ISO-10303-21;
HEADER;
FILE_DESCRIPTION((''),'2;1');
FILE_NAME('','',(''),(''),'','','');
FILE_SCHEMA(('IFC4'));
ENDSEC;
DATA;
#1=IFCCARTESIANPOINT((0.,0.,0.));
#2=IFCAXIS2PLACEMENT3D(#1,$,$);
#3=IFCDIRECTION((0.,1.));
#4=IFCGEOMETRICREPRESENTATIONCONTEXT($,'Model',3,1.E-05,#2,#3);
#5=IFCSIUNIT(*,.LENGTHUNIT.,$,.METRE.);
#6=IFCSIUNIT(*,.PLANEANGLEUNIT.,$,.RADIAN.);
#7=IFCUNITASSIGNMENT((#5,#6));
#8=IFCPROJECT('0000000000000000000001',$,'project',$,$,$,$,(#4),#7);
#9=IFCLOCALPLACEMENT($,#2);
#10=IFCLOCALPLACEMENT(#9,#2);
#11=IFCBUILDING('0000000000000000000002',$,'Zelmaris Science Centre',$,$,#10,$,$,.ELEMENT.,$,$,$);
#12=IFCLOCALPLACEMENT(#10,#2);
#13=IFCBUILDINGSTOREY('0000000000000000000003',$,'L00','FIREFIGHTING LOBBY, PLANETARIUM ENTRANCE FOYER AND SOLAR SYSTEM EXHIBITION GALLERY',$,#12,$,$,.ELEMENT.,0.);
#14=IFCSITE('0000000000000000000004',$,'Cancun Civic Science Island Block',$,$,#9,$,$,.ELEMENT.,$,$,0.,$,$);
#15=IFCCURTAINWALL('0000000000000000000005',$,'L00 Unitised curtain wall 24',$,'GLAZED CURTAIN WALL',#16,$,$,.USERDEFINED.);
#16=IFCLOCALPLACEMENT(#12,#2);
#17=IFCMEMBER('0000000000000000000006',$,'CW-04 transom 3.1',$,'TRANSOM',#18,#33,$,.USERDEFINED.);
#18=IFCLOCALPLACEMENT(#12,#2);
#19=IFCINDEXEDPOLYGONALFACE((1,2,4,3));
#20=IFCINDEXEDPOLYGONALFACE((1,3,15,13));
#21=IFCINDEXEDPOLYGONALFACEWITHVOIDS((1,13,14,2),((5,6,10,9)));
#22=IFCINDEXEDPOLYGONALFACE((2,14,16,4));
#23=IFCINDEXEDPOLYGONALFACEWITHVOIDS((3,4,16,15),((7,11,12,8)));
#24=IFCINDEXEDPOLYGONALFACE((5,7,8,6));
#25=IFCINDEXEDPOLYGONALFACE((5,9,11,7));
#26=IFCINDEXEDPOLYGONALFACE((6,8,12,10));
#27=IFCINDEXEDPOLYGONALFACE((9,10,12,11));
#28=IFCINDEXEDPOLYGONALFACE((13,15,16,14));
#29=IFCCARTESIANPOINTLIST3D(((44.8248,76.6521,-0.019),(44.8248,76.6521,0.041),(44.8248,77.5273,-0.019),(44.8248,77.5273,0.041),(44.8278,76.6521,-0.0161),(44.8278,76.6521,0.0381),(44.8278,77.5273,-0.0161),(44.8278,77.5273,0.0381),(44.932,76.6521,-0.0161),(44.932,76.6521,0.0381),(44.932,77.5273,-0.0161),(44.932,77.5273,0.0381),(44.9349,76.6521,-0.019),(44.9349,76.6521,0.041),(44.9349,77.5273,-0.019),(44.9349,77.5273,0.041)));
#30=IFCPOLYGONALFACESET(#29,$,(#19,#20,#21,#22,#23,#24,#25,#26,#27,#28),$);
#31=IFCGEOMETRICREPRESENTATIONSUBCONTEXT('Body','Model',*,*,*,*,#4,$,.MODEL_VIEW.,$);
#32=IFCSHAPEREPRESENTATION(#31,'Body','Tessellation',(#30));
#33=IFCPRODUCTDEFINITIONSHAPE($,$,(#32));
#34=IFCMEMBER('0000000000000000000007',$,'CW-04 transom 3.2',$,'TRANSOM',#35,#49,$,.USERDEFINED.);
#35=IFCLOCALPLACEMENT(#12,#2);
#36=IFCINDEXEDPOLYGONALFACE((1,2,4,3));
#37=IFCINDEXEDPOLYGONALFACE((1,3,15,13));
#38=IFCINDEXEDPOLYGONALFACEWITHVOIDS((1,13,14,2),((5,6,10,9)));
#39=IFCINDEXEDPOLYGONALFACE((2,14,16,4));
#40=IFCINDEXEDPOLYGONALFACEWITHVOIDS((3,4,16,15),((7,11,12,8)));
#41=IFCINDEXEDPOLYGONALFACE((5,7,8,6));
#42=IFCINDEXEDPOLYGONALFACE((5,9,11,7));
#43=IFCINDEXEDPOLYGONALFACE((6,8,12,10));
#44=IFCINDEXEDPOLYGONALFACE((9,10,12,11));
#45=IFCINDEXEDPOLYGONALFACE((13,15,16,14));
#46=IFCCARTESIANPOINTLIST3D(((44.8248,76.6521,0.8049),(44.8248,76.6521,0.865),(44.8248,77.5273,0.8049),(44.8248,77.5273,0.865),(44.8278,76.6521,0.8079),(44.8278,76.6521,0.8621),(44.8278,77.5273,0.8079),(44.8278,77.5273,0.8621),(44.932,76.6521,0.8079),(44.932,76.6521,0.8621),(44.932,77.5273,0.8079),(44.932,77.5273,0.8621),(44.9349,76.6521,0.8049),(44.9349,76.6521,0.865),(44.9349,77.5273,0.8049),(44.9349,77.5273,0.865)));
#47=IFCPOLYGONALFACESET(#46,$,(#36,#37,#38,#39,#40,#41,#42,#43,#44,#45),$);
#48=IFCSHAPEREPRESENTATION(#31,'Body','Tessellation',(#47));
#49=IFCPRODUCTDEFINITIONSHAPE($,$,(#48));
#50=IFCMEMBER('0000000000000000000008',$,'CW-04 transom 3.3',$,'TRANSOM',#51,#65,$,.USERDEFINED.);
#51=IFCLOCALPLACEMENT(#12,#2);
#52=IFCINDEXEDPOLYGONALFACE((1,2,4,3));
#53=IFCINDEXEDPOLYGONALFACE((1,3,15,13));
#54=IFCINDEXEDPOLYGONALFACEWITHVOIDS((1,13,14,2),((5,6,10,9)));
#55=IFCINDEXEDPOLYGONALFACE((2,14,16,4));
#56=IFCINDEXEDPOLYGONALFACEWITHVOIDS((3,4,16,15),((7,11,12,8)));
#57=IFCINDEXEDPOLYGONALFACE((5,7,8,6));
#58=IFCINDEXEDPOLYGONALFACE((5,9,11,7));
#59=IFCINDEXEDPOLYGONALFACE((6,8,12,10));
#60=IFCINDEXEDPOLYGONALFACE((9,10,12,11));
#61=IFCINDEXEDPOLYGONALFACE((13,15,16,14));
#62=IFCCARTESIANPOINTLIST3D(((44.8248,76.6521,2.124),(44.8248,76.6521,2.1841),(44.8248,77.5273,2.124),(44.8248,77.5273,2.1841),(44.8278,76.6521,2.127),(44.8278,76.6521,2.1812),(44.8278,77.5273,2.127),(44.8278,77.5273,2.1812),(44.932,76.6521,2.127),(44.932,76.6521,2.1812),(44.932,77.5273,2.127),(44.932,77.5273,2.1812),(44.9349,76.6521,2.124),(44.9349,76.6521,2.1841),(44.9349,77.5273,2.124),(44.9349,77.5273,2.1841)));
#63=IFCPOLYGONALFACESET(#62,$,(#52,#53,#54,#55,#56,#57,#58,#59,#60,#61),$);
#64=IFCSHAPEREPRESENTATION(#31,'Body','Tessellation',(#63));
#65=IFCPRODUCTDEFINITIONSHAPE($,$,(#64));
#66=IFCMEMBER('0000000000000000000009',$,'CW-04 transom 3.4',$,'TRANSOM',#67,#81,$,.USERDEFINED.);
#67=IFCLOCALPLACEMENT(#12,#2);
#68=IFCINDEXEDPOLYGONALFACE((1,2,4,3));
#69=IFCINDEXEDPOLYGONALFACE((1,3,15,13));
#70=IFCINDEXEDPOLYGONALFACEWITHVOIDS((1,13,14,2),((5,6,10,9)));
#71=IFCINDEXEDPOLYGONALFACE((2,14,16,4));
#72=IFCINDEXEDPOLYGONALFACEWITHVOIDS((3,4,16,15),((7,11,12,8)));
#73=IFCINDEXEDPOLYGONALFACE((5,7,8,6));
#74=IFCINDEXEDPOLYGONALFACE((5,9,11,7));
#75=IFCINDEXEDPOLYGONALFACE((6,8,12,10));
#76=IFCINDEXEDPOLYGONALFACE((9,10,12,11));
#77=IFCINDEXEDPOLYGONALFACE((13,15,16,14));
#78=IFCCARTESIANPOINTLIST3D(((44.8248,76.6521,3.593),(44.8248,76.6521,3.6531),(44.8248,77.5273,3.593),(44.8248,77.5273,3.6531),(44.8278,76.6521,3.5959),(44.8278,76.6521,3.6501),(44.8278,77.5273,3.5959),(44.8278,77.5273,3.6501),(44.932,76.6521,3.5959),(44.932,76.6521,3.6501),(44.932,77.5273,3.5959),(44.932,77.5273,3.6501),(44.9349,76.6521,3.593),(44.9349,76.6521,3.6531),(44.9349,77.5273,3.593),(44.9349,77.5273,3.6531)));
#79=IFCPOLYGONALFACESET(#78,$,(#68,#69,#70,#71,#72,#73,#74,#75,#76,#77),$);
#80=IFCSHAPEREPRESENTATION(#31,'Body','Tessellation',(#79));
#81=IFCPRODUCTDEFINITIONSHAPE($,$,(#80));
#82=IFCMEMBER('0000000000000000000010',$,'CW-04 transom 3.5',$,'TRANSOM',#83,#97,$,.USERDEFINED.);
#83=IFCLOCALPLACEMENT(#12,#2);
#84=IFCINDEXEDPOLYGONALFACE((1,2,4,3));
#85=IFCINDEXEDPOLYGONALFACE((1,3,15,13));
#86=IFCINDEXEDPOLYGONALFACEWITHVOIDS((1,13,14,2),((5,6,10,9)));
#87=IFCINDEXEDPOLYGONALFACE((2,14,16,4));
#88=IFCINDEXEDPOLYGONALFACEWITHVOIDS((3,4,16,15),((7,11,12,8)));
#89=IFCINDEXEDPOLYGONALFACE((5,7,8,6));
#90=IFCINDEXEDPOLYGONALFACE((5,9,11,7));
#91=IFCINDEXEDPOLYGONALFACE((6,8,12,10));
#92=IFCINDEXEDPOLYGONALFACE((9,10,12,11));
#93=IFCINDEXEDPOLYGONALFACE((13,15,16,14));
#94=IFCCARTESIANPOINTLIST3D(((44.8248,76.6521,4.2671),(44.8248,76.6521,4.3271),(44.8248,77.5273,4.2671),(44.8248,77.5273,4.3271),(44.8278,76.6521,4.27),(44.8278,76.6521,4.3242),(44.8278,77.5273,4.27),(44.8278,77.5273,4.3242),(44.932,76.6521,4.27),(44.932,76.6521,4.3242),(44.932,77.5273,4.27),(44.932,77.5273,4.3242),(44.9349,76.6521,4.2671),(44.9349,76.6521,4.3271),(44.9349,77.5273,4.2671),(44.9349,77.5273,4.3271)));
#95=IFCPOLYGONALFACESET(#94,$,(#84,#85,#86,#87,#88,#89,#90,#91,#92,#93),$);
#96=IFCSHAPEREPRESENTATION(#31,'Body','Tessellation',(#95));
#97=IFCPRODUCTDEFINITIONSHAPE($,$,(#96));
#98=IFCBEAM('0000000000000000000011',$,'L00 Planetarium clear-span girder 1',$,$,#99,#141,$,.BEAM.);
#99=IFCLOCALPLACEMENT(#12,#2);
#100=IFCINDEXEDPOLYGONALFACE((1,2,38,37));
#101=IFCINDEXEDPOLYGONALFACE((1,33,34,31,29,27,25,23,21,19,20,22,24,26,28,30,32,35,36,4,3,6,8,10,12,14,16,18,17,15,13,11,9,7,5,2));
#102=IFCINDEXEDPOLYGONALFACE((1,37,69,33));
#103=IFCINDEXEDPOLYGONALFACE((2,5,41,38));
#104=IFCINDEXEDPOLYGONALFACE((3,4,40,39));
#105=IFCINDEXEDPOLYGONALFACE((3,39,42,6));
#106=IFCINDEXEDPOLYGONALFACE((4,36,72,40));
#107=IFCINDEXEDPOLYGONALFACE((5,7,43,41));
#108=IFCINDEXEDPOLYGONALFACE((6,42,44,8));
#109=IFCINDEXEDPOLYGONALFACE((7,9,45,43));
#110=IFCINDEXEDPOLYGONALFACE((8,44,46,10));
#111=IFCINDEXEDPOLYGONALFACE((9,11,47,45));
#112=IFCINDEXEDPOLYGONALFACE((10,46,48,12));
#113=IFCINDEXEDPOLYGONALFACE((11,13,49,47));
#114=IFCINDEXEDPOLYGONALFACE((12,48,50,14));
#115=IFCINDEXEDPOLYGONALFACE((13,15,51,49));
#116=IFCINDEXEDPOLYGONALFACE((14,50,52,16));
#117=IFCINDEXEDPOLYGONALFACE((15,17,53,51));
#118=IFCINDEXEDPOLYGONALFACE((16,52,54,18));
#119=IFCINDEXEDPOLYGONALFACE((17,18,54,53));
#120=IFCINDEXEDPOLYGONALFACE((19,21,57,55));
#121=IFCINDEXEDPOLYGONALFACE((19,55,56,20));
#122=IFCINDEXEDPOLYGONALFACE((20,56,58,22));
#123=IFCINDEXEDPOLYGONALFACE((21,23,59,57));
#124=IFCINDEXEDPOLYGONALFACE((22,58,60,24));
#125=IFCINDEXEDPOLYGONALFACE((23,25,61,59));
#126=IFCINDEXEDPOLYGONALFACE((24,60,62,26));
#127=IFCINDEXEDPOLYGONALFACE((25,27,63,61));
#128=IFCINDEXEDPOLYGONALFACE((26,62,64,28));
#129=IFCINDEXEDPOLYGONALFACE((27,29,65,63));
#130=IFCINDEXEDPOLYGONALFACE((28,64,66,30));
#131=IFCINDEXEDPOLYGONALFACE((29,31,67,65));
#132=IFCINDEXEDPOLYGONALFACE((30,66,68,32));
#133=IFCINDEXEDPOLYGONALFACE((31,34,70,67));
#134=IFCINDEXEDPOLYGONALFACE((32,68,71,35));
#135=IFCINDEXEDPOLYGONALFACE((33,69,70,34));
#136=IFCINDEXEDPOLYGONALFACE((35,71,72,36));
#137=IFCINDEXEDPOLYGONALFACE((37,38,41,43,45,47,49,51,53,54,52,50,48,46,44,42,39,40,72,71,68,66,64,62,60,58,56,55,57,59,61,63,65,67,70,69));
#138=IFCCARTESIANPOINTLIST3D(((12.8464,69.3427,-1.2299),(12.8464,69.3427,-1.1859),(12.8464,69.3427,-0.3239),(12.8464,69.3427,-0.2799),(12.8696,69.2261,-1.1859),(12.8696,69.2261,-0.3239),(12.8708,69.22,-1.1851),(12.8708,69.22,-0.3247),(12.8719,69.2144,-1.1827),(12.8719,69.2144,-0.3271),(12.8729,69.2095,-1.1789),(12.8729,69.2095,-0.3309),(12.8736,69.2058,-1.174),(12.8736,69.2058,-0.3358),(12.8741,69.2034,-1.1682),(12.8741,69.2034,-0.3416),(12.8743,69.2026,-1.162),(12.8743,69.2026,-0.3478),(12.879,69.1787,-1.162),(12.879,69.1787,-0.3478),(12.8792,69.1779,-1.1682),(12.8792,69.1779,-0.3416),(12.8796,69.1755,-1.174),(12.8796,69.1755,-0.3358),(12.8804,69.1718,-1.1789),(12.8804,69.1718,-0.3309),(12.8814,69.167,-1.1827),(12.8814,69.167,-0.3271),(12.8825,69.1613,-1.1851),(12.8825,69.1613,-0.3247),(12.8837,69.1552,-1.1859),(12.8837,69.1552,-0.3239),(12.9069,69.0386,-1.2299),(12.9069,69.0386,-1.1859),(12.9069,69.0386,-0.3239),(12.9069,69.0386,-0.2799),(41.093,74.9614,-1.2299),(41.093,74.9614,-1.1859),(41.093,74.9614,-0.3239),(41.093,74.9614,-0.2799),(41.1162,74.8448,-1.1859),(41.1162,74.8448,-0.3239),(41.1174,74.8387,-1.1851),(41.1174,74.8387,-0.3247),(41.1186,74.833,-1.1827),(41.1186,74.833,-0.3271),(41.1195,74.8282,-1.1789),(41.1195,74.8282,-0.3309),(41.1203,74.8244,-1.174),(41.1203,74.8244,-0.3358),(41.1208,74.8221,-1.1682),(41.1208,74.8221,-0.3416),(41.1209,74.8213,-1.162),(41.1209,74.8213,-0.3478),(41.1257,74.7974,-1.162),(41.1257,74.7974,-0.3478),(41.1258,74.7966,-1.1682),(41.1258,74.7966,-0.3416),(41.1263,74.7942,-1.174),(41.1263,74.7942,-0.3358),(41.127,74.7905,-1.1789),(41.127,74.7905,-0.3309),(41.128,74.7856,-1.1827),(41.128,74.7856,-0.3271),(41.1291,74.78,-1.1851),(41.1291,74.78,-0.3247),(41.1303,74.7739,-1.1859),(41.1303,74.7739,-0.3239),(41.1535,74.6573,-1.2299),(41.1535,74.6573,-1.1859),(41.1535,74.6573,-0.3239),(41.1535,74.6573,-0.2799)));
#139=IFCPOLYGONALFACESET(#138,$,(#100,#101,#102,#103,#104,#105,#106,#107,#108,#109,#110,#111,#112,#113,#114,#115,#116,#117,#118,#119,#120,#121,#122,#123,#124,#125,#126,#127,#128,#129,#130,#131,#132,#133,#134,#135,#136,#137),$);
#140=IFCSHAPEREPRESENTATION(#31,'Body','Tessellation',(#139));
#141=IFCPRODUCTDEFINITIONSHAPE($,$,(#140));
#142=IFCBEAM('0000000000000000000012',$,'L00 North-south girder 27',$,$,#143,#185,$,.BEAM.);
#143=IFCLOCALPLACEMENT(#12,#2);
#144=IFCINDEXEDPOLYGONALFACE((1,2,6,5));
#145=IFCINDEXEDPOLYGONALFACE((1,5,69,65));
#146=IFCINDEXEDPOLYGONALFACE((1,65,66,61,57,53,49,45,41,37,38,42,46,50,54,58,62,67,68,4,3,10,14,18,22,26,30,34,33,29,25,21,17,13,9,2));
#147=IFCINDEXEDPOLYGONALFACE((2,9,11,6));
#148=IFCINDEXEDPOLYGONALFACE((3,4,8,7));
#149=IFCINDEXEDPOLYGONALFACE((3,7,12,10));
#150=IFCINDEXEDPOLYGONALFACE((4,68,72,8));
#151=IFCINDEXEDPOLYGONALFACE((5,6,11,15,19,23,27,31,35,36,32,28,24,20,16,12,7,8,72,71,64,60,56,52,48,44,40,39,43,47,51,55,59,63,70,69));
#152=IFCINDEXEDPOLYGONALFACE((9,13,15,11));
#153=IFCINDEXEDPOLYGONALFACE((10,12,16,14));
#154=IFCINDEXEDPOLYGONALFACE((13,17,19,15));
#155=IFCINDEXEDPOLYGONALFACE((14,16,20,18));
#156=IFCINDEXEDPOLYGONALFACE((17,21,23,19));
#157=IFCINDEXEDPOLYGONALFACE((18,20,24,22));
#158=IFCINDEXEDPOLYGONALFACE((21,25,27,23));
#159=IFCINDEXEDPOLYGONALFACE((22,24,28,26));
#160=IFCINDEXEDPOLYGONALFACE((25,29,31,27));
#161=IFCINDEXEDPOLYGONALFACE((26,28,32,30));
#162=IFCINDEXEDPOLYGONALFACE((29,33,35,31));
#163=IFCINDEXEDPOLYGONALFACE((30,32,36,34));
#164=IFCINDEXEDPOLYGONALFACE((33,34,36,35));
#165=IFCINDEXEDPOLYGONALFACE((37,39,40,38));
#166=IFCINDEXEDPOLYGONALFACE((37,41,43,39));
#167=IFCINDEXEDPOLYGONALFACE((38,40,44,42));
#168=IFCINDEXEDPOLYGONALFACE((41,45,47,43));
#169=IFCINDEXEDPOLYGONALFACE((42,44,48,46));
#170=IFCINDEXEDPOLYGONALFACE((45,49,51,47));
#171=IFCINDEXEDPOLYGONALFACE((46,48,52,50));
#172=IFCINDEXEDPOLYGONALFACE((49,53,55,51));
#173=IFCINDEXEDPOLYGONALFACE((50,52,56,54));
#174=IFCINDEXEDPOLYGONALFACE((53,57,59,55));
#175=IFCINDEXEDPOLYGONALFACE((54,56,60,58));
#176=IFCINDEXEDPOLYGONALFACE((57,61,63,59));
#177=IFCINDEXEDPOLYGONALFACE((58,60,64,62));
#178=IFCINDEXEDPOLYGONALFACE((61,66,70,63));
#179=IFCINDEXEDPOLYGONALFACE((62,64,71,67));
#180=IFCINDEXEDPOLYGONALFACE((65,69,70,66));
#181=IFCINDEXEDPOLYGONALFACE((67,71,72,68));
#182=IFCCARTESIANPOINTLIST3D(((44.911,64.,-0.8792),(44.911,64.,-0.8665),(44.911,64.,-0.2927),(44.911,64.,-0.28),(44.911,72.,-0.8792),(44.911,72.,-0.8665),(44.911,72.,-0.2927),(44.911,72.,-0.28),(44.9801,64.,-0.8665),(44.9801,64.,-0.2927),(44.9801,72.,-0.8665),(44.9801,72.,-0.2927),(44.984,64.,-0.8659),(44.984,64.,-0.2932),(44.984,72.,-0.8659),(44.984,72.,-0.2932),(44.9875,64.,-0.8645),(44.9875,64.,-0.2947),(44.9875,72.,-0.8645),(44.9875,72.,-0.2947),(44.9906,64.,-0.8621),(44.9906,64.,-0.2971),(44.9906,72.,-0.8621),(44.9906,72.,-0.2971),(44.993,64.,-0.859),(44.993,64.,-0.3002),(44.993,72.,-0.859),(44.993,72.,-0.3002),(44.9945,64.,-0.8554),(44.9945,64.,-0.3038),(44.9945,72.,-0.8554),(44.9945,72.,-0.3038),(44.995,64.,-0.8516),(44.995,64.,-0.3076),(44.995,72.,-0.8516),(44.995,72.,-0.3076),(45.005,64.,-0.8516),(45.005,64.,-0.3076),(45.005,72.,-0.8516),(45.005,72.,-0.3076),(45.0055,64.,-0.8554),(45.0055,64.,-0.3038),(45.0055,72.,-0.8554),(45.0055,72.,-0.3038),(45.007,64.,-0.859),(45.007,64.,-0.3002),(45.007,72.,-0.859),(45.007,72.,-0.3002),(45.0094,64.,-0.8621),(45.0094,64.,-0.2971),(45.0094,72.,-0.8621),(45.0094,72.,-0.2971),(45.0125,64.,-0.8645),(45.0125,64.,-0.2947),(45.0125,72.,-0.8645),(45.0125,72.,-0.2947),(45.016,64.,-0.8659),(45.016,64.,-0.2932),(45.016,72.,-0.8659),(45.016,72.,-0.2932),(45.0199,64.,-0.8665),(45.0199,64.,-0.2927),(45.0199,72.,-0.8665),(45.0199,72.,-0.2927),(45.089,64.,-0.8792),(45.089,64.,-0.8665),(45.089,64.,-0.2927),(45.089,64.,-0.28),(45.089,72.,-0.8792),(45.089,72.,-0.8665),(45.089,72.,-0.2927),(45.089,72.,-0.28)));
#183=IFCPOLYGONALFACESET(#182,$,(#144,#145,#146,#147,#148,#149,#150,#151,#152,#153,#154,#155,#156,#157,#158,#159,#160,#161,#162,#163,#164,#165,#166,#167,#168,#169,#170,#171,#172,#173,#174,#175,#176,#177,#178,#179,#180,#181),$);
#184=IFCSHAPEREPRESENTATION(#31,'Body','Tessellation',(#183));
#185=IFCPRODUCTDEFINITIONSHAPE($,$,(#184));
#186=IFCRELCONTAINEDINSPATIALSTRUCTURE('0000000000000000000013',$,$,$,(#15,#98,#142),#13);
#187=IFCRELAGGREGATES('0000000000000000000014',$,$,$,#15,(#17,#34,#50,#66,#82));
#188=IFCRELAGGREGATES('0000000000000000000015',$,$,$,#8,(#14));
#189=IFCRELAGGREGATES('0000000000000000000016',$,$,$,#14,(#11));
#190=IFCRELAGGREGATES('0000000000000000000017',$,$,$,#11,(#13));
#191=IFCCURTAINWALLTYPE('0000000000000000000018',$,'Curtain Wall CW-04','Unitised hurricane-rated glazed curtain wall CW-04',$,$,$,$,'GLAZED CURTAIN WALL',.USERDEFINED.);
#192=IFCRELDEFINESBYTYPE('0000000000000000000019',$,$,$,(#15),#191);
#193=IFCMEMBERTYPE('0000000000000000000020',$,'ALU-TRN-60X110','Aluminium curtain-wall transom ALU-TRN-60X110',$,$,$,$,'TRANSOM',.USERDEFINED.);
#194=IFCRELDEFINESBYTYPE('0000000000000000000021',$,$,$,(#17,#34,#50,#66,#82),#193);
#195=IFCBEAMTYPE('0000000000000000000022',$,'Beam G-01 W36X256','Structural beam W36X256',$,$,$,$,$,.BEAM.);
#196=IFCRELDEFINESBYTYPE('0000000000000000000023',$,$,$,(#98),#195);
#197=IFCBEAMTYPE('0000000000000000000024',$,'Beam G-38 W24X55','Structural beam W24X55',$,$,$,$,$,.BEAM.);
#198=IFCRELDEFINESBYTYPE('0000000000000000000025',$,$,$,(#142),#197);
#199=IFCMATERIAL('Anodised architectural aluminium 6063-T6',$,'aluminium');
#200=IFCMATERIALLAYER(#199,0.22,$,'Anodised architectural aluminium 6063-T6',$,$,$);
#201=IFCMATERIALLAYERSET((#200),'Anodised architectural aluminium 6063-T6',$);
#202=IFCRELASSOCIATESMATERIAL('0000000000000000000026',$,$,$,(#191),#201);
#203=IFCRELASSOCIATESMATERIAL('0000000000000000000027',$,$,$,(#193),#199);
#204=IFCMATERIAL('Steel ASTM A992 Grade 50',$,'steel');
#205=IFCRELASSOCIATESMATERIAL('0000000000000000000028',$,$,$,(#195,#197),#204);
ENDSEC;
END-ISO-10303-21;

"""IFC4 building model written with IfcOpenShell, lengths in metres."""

from ifc_helpers import new_model, si_unit, direction, frame, origin, origin_2d, place, context, subcontext, project, spatial, hollow_rectangle, i_section, extrude, material, layer, layer_set, material_profile, profile_set, type_object, element, aggregate, save


model = new_model("IFC4")

# Units and contexts
model_context = context("Model", 3, precision=1e-05, world=origin(), true_north=direction((0.0, 1.0)))
body_context = subcontext(model_context, "Body", "Model", "MODEL_VIEW")
ifc_project = project(units=[si_unit("LENGTHUNIT", "METRE"), si_unit("PLANEANGLEUNIT", "RADIAN")], contexts=[model_context])

# Site, building, storey
site_placement = place(None, origin())
site = spatial("IfcSite", under=ifc_project, at=site_placement, Name="Cancun Civic Science Island Block", CompositionType="ELEMENT", RefElevation=0.0)
building_placement = place(site_placement, origin())
building = spatial("IfcBuilding", under=site, at=building_placement, Name="Zelmaris Science Centre", CompositionType="ELEMENT")
storey_placement = place(building_placement, origin())
storey = spatial("IfcBuildingStorey", under=building, at=storey_placement, Name="L00", Description="FIREFIGHTING LOBBY, PLANETARIUM ENTRANCE FOYER AND SOLAR SYSTEM EXHIBITION GALLERY", CompositionType="ELEMENT", Elevation=0.0)

# Shared definitions
ifc_material_1 = material(Name="Steel ASTM A992 Grade 50", Category="steel")

# Curtain wall, members
ifc_material_2 = material(Name="Anodised architectural aluminium 6063-T6", Category="aluminium")
ifc_layer_1 = layer(ifc_material_2, 0.22, Name="Anodised architectural aluminium 6063-T6")
ifc_layer_set_1 = layer_set([ifc_layer_1], Name="Anodised architectural aluminium 6063-T6")
curtain_wall_type = type_object("IfcCurtainWallType", Name="Curtain Wall CW-04", Description="Unitised hurricane-rated glazed curtain wall CW-04", ElementType="GLAZED CURTAIN WALL", PredefinedType="USERDEFINED", material=ifc_layer_set_1)
curtain_wall_placement = place(storey_placement, origin())
curtain_wall = element("IfcCurtainWall", 1, at=curtain_wall_placement, inside=storey, type_object=curtain_wall_type, Name="L00 Unitised curtain wall 24", ObjectType="GLAZED CURTAIN WALL", PredefinedType="USERDEFINED")
ifc_material_profile_1 = material_profile(ifc_material_2, hollow_rectangle(XDim=0.0601, YDim=0.1101, WallThickness=0.0029, at=origin_2d()), Name="ALU-TRN-60X110")
ifc_profile_set_1 = profile_set([ifc_material_profile_1], Name="Anodised architectural aluminium 6063-T6")
member_type_1 = type_object("IfcMemberType", Name="ALU-TRN-60X110", Description="Aluminium curtain-wall transom ALU-TRN-60X110", ElementType="TRANSOM", PredefinedType="USERDEFINED", material=ifc_profile_set_1)
member_1_placement = place(storey_placement, frame((44.8799, 77.5273, 0.011), z_axis=(0.0, -1.0, 0.0), x_axis=(0.0, 0.0, 1.0)))
member_1 = element("IfcMember", 2, at=member_1_placement, type_object=member_type_1, Name="CW-04 transom 3.1", ObjectType="TRANSOM", PredefinedType="USERDEFINED", context=body_context, shape_type="SweptSolid", body=[
    extrude(hollow_rectangle(XDim=0.0601, YDim=0.1101, WallThickness=0.0029, at=origin_2d()), origin(), (0.0, 0.0, 1.0), 0.8752),
])
member_2_placement = place(storey_placement, frame((44.8799, 77.5273, 0.835), z_axis=(0.0, -1.0, 0.0), x_axis=(0.0, 0.0, 1.0)))
member_2 = element("IfcMember", 3, at=member_2_placement, type_object=member_type_1, Name="CW-04 transom 3.2", ObjectType="TRANSOM", PredefinedType="USERDEFINED", context=body_context, shape_type="SweptSolid", body=[
    extrude(hollow_rectangle(XDim=0.0601, YDim=0.1101, WallThickness=0.0029, at=origin_2d()), origin(), (0.0, 0.0, 1.0), 0.8752),
])
member_3_placement = place(storey_placement, frame((44.8799, 77.5273, 2.1541), z_axis=(0.0, -1.0, 0.0), x_axis=(0.0, 0.0, 1.0)))
member_3 = element("IfcMember", 4, at=member_3_placement, type_object=member_type_1, Name="CW-04 transom 3.3", ObjectType="TRANSOM", PredefinedType="USERDEFINED", context=body_context, shape_type="SweptSolid", body=[
    extrude(hollow_rectangle(XDim=0.0601, YDim=0.1101, WallThickness=0.0029, at=origin_2d()), origin(), (0.0, 0.0, 1.0), 0.8752),
])
member_4_placement = place(storey_placement, frame((44.8799, 77.5273, 3.623), z_axis=(0.0, -1.0, 0.0), x_axis=(0.0, 0.0, 1.0)))
member_4 = element("IfcMember", 5, at=member_4_placement, type_object=member_type_1, Name="CW-04 transom 3.4", ObjectType="TRANSOM", PredefinedType="USERDEFINED", context=body_context, shape_type="SweptSolid", body=[
    extrude(hollow_rectangle(XDim=0.0601, YDim=0.1101, WallThickness=0.0029, at=origin_2d()), origin(), (0.0, 0.0, 1.0), 0.8752),
])
member_5_placement = place(storey_placement, frame((44.8799, 77.5273, 4.2971), z_axis=(0.0, -1.0, 0.0), x_axis=(0.0, 0.0, 1.0)))
member_5 = element("IfcMember", 6, at=member_5_placement, type_object=member_type_1, Name="CW-04 transom 3.5", ObjectType="TRANSOM", PredefinedType="USERDEFINED", context=body_context, shape_type="SweptSolid", body=[
    extrude(hollow_rectangle(XDim=0.0601, YDim=0.1101, WallThickness=0.0029, at=origin_2d()), origin(), (0.0, 0.0, 1.0), 0.8752),
])

# Beams
ifc_material_profile_2 = material_profile(ifc_material_1, i_section(OverallWidth=0.3101, OverallDepth=0.95, WebThickness=0.0244, FlangeThickness=0.0439, FilletRadius=0.0239, at=origin_2d()), Name="W36X256")
ifc_profile_set_2 = profile_set([ifc_material_profile_2], Name="Steel ASTM A992 Grade 50")
beam_type_1 = type_object("IfcBeamType", Name="Beam G-01 W36X256", Description="Structural beam W36X256", PredefinedType="BEAM", material=ifc_profile_set_2)
beam_1_placement = place(storey_placement, frame((41.1233, 74.8093, -0.7549), z_axis=(-0.980785, -0.195092, 0.0), x_axis=(0.195092, -0.980785, 0.0)))
element("IfcBeam", 7, at=beam_1_placement, inside=storey, type_object=beam_type_1, Name="L00 Planetarium clear-span girder 1", PredefinedType="BEAM", context=body_context, shape_type="SweptSolid", body=[
    extrude(i_section(OverallWidth=0.3101, OverallDepth=0.95, WebThickness=0.0244, FlangeThickness=0.0439, FilletRadius=0.0239, at=origin_2d()), origin(), (0.0, 0.0, 1.0), 28.8),
])
ifc_material_profile_3 = material_profile(ifc_material_1, i_section(OverallWidth=0.178, OverallDepth=0.5991, WebThickness=0.01, FlangeThickness=0.0127, FilletRadius=0.0149, at=origin_2d()), Name="W24X55")
ifc_profile_set_3 = profile_set([ifc_material_profile_3], Name="Steel ASTM A992 Grade 50")
beam_type_2 = type_object("IfcBeamType", Name="Beam G-38 W24X55", Description="Structural beam W24X55", PredefinedType="BEAM", material=ifc_profile_set_3)
beam_2_placement = place(storey_placement, frame((45.0, 64.0, -0.5796), z_axis=(0.0, 1.0, 0.0), x_axis=(-1.0, 0.0, 0.0)))
element("IfcBeam", 8, at=beam_2_placement, inside=storey, type_object=beam_type_2, Name="L00 North-south girder 27", PredefinedType="BEAM", context=body_context, shape_type="SweptSolid", body=[
    extrude(i_section(OverallWidth=0.178, OverallDepth=0.5991, WebThickness=0.01, FlangeThickness=0.0127, FilletRadius=0.0149, at=origin_2d()), origin(), (0.0, 0.0, 1.0), 8.0),
])

aggregate(curtain_wall, [member_1, member_2, member_3, member_4, member_5])

save(model, "model.ifc")
